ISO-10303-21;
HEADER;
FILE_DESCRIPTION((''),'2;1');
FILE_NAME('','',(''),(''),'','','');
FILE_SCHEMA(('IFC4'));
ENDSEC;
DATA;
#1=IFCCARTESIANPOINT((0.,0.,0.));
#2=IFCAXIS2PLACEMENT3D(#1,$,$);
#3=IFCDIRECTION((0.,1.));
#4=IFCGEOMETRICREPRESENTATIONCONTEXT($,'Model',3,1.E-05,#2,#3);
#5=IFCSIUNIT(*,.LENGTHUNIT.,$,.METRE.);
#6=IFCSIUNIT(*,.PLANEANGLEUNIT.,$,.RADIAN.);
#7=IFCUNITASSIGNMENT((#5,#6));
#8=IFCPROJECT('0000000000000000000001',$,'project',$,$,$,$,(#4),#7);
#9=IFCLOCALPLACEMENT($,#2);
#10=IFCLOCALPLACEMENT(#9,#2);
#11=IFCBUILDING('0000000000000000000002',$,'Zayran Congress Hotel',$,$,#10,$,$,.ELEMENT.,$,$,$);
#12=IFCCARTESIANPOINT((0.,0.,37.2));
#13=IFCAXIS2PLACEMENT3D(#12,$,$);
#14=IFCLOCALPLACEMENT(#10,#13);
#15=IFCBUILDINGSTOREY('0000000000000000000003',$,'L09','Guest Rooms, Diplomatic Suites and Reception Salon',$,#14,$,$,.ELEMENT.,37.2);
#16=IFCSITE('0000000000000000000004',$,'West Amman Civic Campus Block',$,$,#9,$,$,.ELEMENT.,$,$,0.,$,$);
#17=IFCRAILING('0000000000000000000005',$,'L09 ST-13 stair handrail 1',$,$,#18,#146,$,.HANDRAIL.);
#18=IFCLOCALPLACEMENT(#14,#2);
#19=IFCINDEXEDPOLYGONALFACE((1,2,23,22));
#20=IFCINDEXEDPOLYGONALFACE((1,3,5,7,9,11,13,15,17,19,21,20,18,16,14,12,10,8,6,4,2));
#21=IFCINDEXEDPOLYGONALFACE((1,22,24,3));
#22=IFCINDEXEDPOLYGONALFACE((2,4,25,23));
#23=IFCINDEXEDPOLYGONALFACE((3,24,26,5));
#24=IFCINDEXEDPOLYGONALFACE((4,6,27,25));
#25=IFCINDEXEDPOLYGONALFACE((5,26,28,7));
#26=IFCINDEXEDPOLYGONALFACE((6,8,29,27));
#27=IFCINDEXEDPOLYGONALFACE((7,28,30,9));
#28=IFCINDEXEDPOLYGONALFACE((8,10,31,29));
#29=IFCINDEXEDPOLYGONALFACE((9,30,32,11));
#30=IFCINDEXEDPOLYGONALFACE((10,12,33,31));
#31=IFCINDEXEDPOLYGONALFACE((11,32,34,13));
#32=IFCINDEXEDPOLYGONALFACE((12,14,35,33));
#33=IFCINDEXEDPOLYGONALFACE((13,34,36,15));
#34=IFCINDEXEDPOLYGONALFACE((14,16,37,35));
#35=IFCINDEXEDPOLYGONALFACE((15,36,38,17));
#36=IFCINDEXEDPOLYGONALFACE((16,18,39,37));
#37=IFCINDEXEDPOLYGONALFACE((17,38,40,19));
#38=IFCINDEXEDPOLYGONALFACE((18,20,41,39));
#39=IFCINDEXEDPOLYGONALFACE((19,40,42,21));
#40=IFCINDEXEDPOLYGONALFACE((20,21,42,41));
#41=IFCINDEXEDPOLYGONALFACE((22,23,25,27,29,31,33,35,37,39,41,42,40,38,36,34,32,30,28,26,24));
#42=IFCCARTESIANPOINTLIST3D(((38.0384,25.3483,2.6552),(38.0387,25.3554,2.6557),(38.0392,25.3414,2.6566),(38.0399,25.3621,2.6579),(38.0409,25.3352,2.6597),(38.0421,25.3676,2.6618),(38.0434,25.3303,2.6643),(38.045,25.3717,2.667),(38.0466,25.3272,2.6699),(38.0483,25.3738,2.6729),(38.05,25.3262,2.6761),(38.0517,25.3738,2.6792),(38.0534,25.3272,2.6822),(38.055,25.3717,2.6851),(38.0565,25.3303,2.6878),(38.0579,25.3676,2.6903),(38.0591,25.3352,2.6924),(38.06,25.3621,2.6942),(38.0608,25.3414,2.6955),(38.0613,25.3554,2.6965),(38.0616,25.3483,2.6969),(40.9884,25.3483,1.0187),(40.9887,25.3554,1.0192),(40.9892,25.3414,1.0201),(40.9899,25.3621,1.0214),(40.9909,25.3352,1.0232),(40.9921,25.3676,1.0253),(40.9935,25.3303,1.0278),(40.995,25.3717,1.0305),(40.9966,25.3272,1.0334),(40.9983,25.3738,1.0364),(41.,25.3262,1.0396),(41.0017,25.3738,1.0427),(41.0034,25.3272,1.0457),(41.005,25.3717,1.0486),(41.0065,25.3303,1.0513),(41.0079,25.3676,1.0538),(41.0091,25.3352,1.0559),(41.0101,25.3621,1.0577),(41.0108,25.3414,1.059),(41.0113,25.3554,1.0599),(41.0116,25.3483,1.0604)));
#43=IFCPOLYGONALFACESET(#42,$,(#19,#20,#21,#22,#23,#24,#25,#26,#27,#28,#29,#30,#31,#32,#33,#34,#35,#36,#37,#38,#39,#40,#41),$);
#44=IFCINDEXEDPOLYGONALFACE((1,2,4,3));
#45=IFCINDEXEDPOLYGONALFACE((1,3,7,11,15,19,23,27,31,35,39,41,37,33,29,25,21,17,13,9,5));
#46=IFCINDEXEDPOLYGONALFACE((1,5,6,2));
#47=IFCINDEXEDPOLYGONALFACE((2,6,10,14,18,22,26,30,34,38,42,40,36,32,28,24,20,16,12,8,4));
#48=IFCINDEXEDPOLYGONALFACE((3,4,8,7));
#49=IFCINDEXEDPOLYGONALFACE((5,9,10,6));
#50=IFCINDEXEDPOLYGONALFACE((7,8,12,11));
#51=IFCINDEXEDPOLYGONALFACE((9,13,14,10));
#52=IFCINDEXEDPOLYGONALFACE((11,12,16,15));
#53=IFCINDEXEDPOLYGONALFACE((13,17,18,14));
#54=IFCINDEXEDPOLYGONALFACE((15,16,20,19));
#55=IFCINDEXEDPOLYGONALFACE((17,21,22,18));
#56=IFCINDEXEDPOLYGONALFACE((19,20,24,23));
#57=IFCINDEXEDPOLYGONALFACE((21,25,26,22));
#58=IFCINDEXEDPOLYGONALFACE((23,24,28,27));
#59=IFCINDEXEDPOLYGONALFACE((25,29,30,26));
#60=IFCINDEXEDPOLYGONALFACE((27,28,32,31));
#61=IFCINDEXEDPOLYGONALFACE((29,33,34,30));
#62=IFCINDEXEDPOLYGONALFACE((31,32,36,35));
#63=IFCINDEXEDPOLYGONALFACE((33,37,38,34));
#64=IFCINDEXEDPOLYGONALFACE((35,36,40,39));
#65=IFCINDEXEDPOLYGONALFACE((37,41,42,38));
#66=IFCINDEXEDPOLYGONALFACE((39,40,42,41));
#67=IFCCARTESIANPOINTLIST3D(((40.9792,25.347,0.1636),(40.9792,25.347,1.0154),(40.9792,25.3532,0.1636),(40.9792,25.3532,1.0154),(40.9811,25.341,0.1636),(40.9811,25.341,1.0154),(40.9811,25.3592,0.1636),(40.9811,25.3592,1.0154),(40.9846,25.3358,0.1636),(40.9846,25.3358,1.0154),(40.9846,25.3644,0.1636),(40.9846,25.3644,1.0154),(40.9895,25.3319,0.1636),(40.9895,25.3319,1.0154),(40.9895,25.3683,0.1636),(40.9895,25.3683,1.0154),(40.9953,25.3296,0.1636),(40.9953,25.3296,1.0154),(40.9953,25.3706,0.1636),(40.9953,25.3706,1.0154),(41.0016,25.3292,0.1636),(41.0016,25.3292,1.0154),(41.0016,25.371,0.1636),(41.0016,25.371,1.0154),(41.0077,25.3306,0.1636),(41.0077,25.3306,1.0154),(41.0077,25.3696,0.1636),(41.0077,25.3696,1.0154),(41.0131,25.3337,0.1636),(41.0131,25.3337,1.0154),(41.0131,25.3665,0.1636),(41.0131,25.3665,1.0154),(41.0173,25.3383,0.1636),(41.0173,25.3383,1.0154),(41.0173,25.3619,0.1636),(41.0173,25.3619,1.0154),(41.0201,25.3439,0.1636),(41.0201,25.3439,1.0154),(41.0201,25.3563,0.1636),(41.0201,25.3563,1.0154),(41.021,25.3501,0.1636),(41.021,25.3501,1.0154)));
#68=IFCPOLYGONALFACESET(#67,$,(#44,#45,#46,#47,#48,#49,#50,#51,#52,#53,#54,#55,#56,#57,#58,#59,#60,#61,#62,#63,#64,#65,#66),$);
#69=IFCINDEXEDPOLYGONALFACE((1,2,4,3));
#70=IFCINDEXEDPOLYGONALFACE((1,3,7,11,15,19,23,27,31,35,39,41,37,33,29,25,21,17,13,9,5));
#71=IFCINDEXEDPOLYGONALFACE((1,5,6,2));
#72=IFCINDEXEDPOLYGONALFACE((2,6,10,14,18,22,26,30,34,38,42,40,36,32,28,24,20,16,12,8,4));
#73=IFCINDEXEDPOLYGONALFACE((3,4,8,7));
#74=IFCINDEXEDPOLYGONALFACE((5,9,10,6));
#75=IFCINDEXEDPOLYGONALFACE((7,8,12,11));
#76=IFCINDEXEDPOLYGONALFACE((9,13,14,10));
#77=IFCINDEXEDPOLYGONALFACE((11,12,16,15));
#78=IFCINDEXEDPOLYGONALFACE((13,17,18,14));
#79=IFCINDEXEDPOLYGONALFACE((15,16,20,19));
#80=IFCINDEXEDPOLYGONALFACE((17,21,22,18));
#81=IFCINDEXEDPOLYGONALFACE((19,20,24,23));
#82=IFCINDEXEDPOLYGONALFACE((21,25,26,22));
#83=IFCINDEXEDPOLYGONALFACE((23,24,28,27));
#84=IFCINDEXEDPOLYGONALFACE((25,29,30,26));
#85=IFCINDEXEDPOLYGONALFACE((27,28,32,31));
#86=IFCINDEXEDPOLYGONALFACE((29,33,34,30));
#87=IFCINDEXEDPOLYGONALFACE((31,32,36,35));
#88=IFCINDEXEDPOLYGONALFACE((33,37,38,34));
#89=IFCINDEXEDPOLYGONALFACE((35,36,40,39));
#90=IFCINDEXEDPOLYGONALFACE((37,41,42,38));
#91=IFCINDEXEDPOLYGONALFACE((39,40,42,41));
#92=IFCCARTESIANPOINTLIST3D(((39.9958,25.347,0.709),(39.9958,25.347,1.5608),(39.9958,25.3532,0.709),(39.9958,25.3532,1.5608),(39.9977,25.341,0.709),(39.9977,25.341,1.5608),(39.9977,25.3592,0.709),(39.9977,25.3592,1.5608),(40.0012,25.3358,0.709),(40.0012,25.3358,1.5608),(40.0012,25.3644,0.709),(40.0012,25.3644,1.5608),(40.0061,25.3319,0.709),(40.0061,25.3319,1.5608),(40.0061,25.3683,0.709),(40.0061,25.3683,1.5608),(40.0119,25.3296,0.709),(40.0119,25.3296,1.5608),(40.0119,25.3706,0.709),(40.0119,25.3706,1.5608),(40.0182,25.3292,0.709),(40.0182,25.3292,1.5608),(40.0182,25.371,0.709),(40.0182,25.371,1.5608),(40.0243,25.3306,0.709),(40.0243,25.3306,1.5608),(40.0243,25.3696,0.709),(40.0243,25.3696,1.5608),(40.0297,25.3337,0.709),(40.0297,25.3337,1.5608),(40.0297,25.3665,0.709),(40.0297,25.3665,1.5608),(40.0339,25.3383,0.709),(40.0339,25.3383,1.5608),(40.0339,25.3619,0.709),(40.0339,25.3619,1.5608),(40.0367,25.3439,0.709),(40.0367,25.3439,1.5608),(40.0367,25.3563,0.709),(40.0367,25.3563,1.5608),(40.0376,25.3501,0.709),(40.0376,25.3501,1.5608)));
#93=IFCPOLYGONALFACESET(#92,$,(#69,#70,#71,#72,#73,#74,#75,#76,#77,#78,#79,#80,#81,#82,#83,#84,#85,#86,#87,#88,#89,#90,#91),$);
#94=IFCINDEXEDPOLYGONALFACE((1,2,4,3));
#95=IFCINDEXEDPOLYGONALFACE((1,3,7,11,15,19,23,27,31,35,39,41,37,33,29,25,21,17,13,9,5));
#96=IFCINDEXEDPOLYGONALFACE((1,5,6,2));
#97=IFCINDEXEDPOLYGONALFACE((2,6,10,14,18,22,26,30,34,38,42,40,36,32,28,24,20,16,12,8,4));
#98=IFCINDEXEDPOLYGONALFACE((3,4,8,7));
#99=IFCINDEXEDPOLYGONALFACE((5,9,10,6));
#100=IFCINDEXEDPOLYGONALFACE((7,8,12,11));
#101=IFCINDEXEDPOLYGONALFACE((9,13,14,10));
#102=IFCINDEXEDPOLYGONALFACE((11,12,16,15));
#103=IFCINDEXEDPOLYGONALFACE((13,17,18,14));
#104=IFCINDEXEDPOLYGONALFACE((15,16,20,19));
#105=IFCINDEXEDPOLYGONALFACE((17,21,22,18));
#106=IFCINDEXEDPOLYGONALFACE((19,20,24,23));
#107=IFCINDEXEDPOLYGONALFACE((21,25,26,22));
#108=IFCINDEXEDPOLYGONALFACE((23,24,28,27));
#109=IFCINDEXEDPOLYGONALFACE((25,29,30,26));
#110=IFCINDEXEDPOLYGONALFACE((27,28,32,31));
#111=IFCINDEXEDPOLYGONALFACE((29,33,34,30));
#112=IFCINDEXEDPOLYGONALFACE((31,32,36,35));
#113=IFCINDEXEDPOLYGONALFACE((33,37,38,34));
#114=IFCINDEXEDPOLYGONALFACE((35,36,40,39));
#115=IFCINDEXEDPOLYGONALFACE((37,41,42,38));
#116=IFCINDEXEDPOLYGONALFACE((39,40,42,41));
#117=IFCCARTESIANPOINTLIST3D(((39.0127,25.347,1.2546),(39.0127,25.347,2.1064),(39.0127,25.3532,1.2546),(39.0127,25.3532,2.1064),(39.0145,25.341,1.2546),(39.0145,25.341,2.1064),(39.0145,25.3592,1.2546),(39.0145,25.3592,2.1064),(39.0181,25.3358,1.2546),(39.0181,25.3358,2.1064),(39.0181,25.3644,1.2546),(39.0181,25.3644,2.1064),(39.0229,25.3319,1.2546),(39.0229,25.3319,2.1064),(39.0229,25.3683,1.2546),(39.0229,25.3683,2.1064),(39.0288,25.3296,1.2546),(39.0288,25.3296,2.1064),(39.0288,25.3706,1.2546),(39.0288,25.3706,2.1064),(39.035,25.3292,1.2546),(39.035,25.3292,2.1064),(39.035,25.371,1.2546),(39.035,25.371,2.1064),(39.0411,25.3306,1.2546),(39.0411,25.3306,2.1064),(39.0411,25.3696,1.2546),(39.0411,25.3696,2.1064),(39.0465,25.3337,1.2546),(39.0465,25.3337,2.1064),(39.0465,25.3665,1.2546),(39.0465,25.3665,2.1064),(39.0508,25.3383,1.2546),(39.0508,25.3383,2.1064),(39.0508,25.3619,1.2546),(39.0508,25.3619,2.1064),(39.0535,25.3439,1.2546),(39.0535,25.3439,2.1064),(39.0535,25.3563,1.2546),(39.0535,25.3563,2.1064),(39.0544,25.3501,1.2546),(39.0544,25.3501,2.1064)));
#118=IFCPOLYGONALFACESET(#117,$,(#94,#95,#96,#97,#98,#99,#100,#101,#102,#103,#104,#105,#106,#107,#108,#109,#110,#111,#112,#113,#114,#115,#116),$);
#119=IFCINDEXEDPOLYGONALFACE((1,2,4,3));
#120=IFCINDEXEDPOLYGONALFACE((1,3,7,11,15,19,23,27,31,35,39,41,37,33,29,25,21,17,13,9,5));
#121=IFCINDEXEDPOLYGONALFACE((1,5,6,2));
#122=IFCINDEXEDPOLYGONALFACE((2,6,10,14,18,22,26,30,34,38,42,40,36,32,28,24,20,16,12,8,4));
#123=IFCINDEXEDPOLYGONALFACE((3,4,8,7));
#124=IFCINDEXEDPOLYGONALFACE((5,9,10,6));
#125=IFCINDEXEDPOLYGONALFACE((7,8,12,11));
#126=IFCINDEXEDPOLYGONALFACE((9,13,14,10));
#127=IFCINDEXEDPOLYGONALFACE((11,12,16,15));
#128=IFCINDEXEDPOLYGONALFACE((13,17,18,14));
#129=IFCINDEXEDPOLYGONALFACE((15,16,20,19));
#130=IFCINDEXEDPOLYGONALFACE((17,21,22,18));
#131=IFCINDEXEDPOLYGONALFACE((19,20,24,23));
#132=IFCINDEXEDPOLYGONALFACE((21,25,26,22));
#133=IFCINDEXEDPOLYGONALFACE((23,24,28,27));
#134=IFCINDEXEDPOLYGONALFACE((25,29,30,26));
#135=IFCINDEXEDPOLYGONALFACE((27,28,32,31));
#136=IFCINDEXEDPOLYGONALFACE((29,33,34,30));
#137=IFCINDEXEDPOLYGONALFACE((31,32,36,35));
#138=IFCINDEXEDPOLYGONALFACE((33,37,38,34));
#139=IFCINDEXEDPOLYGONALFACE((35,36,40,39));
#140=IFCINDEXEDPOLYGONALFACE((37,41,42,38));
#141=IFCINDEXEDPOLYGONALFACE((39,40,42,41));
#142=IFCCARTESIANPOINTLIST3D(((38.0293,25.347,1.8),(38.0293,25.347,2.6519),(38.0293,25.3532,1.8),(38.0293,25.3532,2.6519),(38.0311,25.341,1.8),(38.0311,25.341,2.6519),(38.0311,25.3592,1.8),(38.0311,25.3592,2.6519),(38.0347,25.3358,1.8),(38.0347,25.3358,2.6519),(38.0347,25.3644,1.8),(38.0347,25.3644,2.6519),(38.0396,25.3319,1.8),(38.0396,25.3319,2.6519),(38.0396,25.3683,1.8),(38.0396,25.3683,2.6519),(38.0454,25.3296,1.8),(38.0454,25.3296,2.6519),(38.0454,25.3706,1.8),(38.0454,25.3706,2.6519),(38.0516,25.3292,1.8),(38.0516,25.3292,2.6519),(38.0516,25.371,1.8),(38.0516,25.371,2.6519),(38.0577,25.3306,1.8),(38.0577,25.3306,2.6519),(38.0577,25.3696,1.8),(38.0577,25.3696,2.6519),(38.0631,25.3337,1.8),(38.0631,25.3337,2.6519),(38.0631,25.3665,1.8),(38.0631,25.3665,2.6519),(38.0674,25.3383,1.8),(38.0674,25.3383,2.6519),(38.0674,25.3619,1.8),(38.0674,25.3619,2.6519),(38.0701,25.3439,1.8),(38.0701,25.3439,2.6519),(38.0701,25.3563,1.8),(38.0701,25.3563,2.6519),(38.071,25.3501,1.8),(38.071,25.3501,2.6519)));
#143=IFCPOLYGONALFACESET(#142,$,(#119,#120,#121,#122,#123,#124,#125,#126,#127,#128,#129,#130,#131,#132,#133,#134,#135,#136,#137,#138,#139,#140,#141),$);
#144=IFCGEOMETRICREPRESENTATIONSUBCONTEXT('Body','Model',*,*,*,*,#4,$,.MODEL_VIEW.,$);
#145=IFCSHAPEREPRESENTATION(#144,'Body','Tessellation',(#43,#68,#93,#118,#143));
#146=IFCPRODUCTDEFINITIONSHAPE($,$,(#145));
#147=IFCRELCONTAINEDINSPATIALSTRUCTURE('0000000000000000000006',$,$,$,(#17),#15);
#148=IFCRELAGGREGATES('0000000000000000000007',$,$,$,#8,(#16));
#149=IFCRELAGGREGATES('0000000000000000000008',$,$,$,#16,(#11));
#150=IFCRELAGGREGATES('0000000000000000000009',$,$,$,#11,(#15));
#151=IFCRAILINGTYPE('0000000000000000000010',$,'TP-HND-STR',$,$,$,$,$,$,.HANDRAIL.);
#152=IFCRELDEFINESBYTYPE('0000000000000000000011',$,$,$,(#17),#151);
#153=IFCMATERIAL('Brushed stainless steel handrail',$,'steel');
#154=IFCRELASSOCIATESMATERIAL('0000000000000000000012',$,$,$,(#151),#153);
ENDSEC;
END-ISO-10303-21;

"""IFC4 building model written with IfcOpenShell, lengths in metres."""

from ifc_helpers import new_model, si_unit, direction, frame, origin, origin_2d, place, context, subcontext, project, spatial, circle, extrude, material, type_object, element, save


model = new_model("IFC4")

# Units and contexts
model_context = context("Model", 3, precision=1e-05, world=origin(), true_north=direction((0.0, 1.0)))
body_context = subcontext(model_context, "Body", "Model", "MODEL_VIEW")
ifc_project = project(units=[si_unit("LENGTHUNIT", "METRE"), si_unit("PLANEANGLEUNIT", "RADIAN")], contexts=[model_context])

# Site, building, storey
site_placement = place(None, origin())
site = spatial("IfcSite", under=ifc_project, at=site_placement, Name="West Amman Civic Campus Block", CompositionType="ELEMENT", RefElevation=0.0)
building_placement = place(site_placement, origin())
building = spatial("IfcBuilding", under=site, at=building_placement, Name="Zayran Congress Hotel", CompositionType="ELEMENT")
storey_placement = place(building_placement, frame((0.0, 0.0, 37.2)))
storey = spatial("IfcBuildingStorey", under=building, at=storey_placement, Name="L09", Description="Guest Rooms, Diplomatic Suites and Reception Salon", CompositionType="ELEMENT", Elevation=37.2)

# Railing
ifc_material_1 = material(Name="Brushed stainless steel handrail", Category="steel")
railing_type_1 = type_object("IfcRailingType", Name="TP-HND-STR", PredefinedType="HANDRAIL", material=ifc_material_1)
railing_1_placement = place(storey_placement, frame((41.0, 25.3501, 0.1636)))
element("IfcRailing", 1, at=railing_1_placement, inside=storey, type_object=railing_type_1, Name="L09 ST-13 stair handrail 1", PredefinedType="HANDRAIL", context=body_context, shape_type="SweptSolid", body=[
    extrude(circle(Radius=0.0239, at=origin_2d()), frame((0.0, 0.0, 0.876), z_axis=(-0.874458, 0.0, 0.485102), x_axis=(0.0, -1.0, 0.0)), (0.0, 0.0, 1.0), 3.3735),
    extrude(circle(Radius=0.021, at=origin_2d()), origin(), (0.0, 0.0, 1.0), 0.8518),
    extrude(circle(Radius=0.021, at=origin_2d()), frame((-0.9834, 0.0, 0.5454)), (0.0, 0.0, 1.0), 0.8518),
    extrude(circle(Radius=0.021, at=origin_2d()), frame((-1.9666, 0.0, 1.0911)), (0.0, 0.0, 1.0), 0.8518),
    extrude(circle(Radius=0.021, at=origin_2d()), frame((-2.95, 0.0, 1.6365)), (0.0, 0.0, 1.0), 0.8518),
])

save(model, "model.ifc")
